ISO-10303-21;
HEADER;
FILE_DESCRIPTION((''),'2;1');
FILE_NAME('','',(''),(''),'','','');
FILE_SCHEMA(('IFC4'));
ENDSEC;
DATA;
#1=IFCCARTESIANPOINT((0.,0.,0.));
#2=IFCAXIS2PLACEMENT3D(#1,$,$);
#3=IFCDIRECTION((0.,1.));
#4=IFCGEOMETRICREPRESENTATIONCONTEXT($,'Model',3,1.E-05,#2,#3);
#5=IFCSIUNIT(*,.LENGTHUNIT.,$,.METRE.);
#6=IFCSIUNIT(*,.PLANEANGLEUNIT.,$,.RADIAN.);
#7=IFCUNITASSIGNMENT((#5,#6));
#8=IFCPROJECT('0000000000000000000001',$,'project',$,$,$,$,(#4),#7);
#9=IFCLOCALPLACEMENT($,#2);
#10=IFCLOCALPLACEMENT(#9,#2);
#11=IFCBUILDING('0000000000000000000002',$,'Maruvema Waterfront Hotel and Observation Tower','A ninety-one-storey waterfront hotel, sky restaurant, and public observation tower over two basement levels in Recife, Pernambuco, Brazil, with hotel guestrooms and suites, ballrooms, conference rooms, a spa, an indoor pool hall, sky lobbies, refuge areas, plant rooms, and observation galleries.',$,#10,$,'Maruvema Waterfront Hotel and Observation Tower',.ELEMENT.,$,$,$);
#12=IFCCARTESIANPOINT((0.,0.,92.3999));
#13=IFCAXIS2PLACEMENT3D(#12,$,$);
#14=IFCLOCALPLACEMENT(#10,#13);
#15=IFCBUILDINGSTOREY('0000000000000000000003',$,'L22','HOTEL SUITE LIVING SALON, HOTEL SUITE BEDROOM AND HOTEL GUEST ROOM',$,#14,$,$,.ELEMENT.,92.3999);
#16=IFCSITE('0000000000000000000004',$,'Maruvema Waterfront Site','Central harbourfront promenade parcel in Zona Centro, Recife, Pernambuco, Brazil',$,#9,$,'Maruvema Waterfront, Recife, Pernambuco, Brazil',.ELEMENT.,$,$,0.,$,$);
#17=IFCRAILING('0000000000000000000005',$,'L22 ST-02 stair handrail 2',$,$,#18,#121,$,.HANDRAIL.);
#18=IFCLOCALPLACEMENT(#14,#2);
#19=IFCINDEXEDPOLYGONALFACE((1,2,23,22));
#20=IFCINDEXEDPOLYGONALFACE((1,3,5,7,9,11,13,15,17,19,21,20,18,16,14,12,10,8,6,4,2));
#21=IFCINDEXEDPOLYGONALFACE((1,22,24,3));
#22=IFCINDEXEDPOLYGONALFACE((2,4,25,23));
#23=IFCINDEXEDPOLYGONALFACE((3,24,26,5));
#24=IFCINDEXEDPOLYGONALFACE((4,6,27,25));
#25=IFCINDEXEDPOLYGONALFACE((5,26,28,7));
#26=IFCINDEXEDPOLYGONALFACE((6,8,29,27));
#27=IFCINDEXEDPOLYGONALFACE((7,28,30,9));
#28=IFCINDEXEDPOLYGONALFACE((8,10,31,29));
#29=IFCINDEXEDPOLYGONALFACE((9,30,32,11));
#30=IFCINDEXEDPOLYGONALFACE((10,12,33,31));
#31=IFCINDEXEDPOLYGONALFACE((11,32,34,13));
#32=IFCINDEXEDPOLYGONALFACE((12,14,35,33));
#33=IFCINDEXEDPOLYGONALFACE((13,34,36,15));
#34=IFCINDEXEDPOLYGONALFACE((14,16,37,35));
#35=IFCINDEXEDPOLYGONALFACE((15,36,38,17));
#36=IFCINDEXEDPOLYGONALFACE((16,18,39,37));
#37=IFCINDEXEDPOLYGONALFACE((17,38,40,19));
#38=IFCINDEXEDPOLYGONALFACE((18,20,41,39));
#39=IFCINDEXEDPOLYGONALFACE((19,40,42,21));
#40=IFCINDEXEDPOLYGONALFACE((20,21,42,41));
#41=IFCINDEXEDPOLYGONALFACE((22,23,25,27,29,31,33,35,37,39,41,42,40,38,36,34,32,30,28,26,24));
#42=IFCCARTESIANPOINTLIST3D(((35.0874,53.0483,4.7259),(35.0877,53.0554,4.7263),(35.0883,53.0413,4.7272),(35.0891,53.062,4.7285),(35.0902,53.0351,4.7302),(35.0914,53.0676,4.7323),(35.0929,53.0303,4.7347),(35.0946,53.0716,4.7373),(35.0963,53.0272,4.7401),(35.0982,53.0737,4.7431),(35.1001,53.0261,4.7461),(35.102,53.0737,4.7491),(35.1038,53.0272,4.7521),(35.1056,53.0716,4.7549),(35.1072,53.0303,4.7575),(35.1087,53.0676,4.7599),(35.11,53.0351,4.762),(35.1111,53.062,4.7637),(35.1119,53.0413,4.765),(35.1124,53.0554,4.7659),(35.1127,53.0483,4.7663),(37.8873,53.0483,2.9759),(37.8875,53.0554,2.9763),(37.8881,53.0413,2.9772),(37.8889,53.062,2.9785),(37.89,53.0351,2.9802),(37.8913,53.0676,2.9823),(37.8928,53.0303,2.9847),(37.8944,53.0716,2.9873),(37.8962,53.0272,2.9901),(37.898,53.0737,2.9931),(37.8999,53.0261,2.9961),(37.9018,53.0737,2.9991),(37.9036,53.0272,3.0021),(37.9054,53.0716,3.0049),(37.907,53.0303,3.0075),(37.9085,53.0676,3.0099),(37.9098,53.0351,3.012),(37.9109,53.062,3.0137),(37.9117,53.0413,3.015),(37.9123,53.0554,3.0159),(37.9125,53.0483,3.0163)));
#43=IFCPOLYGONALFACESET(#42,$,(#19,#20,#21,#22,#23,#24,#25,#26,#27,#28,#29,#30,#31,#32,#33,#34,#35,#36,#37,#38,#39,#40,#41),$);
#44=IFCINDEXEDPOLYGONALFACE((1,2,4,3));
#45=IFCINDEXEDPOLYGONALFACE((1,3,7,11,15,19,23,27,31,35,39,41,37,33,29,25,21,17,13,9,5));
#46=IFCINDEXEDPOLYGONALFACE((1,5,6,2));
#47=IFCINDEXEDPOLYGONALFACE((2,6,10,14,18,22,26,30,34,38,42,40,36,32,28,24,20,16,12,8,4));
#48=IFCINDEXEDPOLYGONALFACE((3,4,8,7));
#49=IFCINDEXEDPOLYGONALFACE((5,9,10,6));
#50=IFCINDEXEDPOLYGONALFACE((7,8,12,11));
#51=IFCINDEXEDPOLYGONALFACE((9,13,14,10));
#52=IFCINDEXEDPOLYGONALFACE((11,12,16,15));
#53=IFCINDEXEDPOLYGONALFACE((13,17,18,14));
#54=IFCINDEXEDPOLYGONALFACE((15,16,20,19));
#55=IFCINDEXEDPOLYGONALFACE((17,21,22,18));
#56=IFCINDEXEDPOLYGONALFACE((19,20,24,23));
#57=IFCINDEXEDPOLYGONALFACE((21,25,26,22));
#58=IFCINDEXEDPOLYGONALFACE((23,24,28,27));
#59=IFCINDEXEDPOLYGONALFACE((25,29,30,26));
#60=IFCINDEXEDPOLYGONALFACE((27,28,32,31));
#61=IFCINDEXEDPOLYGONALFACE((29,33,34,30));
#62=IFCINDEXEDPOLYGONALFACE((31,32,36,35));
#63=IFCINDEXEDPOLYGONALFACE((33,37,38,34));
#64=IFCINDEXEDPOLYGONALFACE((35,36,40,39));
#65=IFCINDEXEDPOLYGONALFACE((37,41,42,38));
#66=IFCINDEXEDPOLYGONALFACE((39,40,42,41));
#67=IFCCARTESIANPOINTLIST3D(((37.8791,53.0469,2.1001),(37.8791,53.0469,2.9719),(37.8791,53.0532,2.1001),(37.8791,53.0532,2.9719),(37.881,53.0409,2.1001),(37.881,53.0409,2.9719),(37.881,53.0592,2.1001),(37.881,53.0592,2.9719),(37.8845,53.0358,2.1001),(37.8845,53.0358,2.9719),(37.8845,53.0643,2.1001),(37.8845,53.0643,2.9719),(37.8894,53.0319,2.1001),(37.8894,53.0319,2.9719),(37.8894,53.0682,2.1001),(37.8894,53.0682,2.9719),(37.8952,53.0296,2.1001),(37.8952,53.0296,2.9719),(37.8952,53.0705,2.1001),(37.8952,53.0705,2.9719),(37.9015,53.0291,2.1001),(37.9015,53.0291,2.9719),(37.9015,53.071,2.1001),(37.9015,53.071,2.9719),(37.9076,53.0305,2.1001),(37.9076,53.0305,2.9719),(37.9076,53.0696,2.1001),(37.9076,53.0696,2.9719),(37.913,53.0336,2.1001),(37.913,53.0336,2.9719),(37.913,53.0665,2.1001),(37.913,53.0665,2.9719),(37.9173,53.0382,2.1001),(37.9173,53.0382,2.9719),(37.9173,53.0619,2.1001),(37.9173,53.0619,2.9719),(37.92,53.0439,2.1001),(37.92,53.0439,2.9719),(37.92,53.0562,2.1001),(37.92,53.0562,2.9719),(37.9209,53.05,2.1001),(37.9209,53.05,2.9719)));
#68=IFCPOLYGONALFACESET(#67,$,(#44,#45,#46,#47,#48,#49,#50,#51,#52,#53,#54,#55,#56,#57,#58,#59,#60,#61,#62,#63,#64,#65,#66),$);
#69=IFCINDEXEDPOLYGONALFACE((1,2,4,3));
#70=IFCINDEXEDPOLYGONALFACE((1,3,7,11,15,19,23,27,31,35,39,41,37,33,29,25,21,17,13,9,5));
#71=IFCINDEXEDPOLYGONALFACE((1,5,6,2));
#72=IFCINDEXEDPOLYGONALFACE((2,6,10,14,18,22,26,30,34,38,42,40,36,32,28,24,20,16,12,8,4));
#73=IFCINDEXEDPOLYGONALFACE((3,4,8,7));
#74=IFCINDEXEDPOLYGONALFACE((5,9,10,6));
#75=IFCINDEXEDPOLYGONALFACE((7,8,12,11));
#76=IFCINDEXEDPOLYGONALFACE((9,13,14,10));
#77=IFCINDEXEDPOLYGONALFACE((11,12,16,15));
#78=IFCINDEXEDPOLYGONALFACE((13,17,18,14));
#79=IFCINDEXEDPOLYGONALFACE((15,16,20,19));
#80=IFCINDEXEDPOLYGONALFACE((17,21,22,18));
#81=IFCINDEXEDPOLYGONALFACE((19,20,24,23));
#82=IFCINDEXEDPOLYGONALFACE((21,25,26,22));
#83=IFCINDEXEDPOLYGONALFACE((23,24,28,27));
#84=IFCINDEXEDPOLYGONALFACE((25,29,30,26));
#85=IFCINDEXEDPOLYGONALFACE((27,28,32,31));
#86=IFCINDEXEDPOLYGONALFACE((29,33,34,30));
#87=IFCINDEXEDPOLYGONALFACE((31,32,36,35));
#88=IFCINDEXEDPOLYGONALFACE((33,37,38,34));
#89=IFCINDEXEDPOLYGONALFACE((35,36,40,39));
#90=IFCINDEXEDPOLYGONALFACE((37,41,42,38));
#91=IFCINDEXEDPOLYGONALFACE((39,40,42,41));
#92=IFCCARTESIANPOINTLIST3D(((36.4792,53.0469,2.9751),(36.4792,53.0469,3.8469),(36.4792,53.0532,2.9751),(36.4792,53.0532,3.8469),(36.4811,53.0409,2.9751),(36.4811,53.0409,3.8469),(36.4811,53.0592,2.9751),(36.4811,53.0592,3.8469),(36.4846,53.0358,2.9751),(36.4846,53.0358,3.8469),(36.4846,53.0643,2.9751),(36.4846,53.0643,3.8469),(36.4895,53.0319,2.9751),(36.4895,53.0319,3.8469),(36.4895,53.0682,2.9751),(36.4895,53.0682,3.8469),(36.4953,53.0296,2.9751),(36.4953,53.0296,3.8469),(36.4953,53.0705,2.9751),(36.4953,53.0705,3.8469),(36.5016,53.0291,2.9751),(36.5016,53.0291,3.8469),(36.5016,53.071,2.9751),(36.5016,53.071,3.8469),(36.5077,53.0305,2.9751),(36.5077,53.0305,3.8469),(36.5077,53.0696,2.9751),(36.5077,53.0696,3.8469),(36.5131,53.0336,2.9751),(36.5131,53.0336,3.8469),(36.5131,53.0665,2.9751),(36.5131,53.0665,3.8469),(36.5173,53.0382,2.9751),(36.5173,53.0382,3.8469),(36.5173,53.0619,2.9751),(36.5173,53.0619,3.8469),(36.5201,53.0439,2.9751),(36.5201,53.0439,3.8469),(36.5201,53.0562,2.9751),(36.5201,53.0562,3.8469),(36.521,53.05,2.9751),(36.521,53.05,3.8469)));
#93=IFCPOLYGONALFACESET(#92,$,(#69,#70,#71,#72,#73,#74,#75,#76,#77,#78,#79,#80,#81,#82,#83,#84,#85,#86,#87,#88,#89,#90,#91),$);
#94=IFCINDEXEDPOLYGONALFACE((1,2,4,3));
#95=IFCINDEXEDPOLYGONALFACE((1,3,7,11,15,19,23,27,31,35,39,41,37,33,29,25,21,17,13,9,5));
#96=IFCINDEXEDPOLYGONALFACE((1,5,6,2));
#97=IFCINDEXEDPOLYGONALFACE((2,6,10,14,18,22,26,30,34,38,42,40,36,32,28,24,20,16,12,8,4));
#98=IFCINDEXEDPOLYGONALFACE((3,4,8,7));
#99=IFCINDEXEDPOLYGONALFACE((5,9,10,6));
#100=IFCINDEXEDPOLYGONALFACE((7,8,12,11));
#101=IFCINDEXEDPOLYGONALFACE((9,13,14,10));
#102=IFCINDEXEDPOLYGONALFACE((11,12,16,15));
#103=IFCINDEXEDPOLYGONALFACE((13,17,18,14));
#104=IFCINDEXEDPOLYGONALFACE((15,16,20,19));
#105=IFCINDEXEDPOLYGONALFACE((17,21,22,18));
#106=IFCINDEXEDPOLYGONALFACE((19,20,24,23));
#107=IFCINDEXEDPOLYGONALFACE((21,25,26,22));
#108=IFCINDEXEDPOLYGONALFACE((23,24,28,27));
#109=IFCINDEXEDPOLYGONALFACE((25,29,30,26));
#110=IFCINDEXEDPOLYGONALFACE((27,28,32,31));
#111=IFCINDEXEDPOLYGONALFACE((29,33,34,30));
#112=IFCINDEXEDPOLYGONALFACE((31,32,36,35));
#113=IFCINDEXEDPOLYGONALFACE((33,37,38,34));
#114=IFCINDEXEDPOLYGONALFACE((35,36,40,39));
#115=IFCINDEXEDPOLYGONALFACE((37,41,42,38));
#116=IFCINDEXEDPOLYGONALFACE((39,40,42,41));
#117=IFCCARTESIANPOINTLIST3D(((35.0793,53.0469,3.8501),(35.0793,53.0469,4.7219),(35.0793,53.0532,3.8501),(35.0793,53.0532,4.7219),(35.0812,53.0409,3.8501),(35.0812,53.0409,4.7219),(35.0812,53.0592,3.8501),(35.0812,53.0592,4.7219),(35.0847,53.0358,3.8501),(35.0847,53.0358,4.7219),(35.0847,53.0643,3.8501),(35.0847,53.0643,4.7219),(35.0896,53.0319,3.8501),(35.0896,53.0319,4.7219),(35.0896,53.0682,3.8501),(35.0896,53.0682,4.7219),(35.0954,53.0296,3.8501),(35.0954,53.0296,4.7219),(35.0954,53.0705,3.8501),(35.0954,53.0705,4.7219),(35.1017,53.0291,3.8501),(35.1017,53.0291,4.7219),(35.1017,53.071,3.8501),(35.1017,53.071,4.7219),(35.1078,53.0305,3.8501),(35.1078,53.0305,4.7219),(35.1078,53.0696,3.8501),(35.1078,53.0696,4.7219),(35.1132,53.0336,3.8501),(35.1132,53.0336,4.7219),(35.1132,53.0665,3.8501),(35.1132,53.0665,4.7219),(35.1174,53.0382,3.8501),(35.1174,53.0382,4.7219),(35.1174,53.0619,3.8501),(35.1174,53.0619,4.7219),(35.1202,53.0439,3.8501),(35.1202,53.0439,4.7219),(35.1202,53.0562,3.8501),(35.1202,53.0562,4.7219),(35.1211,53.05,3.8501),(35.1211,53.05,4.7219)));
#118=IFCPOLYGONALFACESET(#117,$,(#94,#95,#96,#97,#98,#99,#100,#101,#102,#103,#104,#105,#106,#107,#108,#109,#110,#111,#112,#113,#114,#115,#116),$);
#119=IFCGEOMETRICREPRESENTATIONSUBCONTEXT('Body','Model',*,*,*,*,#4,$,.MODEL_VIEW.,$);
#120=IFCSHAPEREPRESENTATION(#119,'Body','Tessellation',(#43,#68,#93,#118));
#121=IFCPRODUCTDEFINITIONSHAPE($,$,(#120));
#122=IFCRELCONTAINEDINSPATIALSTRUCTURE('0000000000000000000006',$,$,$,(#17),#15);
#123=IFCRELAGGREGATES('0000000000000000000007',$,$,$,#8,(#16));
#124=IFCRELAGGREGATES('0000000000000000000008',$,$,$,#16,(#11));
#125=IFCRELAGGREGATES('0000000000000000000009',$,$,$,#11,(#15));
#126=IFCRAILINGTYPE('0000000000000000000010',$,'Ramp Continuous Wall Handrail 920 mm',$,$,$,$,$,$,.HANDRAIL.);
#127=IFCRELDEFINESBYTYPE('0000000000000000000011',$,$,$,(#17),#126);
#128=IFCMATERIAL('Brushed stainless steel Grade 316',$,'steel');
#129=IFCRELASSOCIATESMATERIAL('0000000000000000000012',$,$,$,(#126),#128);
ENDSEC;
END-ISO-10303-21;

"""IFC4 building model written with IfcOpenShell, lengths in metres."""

from ifc_helpers import new_model, si_unit, direction, frame, origin, origin_2d, place, context, subcontext, project, spatial, circle, extrude, material, type_object, element, save


model = new_model("IFC4")

# Units and contexts
model_context = context("Model", 3, precision=1e-05, world=origin(), true_north=direction((0.0, 1.0)))
body_context = subcontext(model_context, "Body", "Model", "MODEL_VIEW")
ifc_project = project(units=[si_unit("LENGTHUNIT", "METRE"), si_unit("PLANEANGLEUNIT", "RADIAN")], contexts=[model_context])

# Site, building, storey
site_placement = place(None, origin())
site = spatial("IfcSite", under=ifc_project, at=site_placement, Name="Maruvema Waterfront Site", Description="Central harbourfront promenade parcel in Zona Centro, Recife, Pernambuco, Brazil", LongName="Maruvema Waterfront, Recife, Pernambuco, Brazil", CompositionType="ELEMENT", RefElevation=0.0)
building_placement = place(site_placement, origin())
building = spatial("IfcBuilding", under=site, at=building_placement, Name="Maruvema Waterfront Hotel and Observation Tower", Description="A ninety-one-storey waterfront hotel, sky restaurant, and public observation tower over two basement levels in Recife, Pernambuco, Brazil, with hotel guestrooms and suites, ballrooms, conference rooms, a spa, an indoor pool hall, sky lobbies, refuge areas, plant rooms, and observation galleries.", LongName="Maruvema Waterfront Hotel and Observation Tower", CompositionType="ELEMENT")
storey_placement = place(building_placement, frame((0.0, 0.0, 92.3999)))
storey = spatial("IfcBuildingStorey", under=building, at=storey_placement, Name="L22", Description="HOTEL SUITE LIVING SALON, HOTEL SUITE BEDROOM AND HOTEL GUEST ROOM", CompositionType="ELEMENT", Elevation=92.3999)

# Railing
ifc_material_1 = material(Name="Brushed stainless steel Grade 316", Category="steel")
railing_type_1 = type_object("IfcRailingType", Name="Ramp Continuous Wall Handrail 920 mm", PredefinedType="HANDRAIL", material=ifc_material_1)
railing_1_placement = place(storey_placement, frame((37.8999, 53.05, 2.1001)))
element("IfcRailing", 1, at=railing_1_placement, inside=storey, type_object=railing_type_1, Name="L22 ST-02 stair handrail 2", PredefinedType="HANDRAIL", context=body_context, shape_type="SweptSolid", body=[
    extrude(circle(Radius=0.0239, at=origin_2d()), frame((0.0, 0.0, 0.896), z_axis=(-0.847982, 0.0, 0.530026), x_axis=(0.0, -1.0, 0.0)), (0.0, 0.0, 1.0), 3.3018),
    extrude(circle(Radius=0.021, at=origin_2d()), origin(), (0.0, 0.0, 1.0), 0.8718),
    extrude(circle(Radius=0.021, at=origin_2d()), frame((-1.3999, 0.0, 0.875)), (0.0, 0.0, 1.0), 0.8718),
    extrude(circle(Radius=0.021, at=origin_2d()), frame((-2.7998, 0.0, 1.75)), (0.0, 0.0, 1.0), 0.8718),
])

save(model, "model.ifc")
